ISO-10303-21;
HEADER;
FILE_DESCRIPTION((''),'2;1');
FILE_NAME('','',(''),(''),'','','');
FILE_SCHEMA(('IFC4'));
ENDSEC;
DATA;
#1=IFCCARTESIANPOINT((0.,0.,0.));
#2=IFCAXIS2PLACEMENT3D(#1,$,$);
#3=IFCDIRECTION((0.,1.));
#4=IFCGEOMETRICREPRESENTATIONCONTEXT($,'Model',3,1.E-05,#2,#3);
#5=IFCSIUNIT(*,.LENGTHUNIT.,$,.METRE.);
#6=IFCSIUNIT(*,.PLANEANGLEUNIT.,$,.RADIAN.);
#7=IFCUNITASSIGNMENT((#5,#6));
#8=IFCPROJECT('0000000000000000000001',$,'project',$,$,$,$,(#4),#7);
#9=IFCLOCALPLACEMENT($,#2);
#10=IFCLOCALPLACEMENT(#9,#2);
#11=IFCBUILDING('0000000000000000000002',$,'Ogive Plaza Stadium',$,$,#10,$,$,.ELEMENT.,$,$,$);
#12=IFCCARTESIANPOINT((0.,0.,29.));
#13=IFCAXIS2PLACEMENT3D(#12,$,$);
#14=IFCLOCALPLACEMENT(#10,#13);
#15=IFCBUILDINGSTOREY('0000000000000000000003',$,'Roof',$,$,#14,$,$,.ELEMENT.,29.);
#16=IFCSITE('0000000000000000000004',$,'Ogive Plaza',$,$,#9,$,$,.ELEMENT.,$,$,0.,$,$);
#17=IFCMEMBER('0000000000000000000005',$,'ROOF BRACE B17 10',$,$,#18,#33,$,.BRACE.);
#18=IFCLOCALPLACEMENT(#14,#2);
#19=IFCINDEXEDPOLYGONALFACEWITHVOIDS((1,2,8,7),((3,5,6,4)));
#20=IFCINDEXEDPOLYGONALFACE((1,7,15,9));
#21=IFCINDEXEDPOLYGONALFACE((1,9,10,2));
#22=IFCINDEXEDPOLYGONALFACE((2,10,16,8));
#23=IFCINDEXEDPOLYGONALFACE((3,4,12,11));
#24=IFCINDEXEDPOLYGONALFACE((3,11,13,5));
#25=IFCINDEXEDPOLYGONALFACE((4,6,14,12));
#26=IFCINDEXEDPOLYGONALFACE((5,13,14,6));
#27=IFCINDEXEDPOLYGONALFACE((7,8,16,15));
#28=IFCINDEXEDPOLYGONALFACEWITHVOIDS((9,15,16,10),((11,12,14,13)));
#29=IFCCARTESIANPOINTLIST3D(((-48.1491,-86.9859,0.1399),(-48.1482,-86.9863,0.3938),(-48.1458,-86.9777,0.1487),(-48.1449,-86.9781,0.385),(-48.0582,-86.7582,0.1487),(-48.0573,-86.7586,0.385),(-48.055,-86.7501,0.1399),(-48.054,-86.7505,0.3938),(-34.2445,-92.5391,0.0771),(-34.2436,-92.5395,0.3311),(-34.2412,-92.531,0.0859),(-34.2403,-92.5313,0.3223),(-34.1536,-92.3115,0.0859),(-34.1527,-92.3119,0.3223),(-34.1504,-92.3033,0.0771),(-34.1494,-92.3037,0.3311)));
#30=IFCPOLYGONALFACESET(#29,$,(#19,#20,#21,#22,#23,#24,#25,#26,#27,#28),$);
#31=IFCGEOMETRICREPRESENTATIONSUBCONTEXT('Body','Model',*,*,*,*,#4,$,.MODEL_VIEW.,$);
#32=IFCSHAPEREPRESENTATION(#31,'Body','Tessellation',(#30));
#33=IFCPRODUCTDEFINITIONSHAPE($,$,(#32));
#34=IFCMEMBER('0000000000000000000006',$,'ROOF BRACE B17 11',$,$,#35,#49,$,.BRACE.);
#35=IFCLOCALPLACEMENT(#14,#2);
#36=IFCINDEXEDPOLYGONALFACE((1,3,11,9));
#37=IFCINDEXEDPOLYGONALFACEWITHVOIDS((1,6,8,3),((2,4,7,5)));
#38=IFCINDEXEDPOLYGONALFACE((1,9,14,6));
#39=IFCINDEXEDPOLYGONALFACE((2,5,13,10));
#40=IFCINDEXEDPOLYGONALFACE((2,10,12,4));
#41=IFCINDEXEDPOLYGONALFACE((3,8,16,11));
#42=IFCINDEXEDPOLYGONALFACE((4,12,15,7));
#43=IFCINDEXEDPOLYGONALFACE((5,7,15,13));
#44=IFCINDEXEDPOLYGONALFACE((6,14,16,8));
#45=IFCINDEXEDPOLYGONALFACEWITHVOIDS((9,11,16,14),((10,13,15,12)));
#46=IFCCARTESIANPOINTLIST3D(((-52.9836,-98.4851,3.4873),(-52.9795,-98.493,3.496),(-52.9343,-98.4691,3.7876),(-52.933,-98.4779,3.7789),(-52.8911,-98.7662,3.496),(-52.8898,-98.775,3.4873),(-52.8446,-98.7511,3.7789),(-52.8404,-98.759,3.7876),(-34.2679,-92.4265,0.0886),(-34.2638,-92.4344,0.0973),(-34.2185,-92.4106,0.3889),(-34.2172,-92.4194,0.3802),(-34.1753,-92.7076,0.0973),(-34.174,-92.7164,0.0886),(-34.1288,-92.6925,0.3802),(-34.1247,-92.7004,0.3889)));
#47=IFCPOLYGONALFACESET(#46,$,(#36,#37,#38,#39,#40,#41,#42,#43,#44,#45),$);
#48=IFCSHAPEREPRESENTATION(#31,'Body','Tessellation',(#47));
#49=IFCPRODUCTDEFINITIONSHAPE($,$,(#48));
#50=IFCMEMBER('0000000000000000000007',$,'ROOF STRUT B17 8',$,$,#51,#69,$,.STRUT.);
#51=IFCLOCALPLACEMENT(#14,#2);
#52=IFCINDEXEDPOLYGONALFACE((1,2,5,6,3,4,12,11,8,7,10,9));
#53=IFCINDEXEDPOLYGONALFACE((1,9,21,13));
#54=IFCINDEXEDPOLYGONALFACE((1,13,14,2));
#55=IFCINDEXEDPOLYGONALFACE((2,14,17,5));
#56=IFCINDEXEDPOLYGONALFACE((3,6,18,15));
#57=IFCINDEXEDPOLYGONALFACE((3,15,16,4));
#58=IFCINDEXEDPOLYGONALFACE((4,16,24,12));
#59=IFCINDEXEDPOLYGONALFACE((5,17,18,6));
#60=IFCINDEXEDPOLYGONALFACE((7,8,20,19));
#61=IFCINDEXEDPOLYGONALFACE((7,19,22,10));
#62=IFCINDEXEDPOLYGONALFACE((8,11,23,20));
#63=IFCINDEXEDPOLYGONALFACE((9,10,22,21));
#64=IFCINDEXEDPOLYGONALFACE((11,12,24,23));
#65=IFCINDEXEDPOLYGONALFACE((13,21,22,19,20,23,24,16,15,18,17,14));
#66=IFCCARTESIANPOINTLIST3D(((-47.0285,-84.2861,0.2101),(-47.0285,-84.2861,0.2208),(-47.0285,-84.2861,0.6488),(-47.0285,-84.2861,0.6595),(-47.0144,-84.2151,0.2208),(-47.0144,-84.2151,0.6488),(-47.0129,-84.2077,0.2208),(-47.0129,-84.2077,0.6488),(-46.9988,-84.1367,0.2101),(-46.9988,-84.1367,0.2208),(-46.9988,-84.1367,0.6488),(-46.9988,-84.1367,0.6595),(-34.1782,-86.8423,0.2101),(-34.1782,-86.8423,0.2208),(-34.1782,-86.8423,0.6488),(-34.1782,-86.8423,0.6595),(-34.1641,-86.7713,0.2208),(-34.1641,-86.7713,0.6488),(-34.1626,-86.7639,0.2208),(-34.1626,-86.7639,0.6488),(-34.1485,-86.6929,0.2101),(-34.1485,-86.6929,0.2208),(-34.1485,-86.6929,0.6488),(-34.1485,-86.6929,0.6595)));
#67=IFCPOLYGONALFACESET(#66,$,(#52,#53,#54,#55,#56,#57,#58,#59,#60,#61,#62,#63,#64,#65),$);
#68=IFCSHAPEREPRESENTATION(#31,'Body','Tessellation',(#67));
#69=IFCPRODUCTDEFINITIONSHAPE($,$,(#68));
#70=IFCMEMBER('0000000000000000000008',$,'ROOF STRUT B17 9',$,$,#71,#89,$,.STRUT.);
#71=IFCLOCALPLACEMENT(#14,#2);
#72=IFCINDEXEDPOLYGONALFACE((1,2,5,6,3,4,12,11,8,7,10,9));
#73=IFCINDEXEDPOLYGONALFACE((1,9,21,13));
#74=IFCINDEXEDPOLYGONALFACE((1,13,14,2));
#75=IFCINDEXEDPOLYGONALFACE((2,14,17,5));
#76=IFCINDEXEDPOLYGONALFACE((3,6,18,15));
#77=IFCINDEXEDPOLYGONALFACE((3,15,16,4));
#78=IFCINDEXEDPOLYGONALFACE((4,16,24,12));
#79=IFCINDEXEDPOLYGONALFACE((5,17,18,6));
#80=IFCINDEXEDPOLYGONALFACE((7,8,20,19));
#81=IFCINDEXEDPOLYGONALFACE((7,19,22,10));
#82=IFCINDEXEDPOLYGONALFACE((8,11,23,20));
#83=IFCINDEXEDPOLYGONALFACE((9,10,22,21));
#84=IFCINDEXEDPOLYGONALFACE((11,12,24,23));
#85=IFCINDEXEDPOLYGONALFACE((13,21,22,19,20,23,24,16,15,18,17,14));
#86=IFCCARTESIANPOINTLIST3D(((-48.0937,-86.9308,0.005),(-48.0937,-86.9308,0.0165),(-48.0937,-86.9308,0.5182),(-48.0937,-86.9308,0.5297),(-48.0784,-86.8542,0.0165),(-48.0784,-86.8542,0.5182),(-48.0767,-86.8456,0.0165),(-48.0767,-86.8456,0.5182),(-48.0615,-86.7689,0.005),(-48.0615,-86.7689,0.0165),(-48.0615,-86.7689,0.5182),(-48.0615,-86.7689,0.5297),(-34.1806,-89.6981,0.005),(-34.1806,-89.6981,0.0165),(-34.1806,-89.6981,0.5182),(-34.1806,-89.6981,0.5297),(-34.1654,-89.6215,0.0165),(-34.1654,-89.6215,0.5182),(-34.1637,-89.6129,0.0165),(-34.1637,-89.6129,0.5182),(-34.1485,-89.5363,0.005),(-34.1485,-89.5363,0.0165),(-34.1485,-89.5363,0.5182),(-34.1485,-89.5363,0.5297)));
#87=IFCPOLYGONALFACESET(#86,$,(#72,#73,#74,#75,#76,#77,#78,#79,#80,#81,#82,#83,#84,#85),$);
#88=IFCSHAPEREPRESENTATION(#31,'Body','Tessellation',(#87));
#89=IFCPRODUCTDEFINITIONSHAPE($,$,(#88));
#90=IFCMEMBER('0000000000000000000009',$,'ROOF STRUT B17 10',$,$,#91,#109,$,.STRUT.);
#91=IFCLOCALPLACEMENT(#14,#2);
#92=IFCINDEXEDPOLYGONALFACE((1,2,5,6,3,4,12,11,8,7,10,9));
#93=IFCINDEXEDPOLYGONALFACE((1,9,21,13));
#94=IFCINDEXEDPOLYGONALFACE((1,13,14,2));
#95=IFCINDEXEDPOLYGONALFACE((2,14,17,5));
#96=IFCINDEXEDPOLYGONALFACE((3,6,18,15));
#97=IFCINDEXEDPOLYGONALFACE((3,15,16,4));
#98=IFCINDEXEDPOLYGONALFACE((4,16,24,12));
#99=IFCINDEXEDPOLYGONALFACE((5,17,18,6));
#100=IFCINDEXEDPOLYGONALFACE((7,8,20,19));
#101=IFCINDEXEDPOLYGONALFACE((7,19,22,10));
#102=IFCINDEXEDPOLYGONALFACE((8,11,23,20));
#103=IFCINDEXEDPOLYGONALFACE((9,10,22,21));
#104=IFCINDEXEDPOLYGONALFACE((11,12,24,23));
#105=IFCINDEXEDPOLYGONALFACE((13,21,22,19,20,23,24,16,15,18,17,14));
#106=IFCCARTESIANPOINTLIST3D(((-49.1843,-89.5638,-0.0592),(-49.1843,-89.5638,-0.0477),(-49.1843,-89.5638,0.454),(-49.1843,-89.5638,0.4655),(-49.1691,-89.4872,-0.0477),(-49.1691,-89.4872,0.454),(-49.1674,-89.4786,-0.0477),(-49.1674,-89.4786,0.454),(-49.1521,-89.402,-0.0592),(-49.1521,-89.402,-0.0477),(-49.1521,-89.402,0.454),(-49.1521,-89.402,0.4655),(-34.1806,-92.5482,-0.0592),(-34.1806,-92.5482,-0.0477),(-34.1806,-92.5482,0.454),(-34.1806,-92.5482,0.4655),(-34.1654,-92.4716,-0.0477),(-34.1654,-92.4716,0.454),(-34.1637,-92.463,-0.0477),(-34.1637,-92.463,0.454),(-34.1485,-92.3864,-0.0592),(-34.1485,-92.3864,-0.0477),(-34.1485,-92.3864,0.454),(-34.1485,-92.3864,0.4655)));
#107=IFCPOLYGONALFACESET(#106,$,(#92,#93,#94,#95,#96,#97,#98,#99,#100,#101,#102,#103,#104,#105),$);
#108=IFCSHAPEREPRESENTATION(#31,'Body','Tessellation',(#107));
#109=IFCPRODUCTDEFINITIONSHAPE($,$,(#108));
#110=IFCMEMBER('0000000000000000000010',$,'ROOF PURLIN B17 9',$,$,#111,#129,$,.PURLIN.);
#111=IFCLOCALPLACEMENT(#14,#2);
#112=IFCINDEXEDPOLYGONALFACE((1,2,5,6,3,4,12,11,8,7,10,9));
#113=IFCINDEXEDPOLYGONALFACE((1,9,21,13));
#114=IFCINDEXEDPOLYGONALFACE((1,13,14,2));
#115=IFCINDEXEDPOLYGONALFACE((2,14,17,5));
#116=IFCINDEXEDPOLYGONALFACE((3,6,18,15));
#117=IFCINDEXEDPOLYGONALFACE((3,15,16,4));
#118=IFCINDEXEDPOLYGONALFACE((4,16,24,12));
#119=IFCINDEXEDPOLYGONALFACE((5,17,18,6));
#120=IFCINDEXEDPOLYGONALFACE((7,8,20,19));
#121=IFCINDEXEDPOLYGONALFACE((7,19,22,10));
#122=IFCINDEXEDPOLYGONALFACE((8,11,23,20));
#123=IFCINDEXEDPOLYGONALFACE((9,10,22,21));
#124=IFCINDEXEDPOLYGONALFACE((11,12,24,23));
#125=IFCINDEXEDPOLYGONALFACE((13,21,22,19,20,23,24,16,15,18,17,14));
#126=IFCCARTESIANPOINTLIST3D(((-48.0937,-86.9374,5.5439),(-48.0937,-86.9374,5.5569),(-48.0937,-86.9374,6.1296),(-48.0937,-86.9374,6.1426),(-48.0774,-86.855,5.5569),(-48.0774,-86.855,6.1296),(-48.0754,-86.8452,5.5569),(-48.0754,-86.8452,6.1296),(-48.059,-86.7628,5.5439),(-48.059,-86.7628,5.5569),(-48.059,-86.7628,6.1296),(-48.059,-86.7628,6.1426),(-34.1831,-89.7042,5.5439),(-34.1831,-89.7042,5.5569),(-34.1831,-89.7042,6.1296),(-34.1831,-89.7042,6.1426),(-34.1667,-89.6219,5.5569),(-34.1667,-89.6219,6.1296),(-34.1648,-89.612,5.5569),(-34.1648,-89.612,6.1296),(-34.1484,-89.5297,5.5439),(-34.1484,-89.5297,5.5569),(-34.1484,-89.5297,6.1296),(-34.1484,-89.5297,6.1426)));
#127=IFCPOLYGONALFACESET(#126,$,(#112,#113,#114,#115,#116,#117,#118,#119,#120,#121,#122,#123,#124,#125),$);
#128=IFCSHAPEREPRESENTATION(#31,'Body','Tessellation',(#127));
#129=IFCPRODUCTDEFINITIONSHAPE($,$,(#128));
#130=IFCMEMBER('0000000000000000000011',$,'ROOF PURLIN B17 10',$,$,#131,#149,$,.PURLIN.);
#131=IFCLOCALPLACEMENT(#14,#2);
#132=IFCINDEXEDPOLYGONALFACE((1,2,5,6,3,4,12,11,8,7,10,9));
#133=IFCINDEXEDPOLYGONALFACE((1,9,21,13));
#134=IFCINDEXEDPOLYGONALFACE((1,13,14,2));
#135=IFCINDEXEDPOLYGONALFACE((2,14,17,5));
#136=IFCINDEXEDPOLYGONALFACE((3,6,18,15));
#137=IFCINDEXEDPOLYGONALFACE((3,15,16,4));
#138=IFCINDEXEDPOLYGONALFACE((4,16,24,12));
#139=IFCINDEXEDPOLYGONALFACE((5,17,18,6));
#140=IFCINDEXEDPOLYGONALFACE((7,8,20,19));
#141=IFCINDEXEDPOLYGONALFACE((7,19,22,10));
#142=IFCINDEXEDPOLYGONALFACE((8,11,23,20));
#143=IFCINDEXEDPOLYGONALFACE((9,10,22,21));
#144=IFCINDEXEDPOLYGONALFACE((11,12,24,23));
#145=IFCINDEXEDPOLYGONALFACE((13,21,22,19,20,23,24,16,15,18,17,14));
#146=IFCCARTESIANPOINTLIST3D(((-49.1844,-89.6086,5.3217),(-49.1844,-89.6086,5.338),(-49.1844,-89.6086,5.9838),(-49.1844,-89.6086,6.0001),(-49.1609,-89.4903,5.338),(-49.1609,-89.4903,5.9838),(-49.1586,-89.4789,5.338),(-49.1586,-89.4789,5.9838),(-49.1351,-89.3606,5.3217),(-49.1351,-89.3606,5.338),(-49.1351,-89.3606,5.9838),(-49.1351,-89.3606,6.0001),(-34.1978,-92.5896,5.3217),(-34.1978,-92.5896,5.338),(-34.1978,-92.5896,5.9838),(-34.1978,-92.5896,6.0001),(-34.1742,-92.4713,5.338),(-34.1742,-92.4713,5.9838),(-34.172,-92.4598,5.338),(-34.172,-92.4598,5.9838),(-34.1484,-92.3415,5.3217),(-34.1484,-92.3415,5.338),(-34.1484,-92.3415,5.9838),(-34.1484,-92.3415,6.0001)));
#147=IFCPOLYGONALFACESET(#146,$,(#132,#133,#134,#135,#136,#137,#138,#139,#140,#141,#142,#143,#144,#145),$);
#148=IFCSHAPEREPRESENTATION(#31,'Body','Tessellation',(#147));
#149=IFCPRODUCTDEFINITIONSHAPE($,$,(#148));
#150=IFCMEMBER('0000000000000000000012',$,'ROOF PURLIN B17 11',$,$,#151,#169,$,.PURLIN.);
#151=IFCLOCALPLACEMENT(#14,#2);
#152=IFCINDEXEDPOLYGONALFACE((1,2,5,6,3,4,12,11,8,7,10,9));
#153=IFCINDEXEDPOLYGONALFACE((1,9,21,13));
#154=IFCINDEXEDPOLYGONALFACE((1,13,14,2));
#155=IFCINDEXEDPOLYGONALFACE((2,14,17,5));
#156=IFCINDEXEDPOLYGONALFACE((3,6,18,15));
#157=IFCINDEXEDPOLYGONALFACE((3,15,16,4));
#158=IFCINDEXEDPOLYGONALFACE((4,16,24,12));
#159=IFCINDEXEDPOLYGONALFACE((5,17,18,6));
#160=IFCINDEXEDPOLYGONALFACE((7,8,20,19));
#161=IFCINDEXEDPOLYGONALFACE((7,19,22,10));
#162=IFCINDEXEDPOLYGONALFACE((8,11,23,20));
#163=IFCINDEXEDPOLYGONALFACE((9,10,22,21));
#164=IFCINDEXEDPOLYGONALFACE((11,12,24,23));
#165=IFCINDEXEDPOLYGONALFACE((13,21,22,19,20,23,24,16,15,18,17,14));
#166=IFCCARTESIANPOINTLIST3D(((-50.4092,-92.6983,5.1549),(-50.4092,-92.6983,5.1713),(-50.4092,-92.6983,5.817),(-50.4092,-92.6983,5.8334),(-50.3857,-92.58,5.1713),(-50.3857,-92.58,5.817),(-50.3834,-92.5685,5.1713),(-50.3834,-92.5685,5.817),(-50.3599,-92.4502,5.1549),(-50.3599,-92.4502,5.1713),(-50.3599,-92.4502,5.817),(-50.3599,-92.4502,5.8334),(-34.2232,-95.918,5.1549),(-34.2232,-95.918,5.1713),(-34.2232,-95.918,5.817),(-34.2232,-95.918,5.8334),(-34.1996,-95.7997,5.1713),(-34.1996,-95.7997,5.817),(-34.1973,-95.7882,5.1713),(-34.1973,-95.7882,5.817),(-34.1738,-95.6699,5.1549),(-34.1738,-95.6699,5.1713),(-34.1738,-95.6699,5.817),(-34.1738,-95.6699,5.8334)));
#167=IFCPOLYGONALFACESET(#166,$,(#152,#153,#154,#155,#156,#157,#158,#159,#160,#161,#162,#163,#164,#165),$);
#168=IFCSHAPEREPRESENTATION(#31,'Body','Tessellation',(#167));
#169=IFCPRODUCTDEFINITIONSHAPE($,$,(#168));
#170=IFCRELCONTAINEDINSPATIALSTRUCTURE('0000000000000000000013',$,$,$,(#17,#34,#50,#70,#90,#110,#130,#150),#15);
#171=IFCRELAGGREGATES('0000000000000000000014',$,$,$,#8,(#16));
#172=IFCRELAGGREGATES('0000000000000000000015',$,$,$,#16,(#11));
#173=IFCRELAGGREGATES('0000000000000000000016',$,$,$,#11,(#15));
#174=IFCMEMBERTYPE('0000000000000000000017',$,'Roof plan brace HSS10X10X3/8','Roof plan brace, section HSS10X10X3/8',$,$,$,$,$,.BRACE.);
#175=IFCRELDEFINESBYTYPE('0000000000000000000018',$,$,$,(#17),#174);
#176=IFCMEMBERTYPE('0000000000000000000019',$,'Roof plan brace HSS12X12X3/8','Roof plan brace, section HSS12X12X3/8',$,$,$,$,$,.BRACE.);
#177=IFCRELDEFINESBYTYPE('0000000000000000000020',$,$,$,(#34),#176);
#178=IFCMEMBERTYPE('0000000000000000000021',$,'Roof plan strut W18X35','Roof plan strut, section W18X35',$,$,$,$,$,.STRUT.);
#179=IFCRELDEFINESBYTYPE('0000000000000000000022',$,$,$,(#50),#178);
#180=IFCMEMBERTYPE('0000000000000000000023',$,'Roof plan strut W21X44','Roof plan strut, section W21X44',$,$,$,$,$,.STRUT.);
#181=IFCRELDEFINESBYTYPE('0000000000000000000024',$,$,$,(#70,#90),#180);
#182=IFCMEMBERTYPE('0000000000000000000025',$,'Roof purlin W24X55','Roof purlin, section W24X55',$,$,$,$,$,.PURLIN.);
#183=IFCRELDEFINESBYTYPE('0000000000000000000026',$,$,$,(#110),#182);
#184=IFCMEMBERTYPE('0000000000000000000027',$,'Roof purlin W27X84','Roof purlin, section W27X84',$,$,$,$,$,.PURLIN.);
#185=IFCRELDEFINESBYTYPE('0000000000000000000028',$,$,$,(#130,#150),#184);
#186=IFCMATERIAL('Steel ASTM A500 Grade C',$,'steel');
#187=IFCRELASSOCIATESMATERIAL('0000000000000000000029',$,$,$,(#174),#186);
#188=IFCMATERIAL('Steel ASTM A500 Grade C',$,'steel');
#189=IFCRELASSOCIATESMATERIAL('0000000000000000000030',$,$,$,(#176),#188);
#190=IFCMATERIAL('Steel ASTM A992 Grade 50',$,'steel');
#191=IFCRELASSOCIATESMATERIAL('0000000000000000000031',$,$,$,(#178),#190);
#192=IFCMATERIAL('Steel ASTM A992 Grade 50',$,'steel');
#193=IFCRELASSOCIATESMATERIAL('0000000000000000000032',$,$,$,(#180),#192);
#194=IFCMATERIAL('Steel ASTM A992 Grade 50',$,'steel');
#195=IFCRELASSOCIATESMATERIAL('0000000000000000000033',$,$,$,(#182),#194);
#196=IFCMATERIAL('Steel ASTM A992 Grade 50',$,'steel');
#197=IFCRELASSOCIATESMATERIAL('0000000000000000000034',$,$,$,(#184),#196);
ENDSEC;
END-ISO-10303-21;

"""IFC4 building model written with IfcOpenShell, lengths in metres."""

from ifc_helpers import new_model, si_unit, direction, frame, origin, origin_2d, place, context, subcontext, project, spatial, hollow_rectangle, i_section, extrude, material, material_profile, profile_set, type_object, element, save


model = new_model("IFC4")

# Units and contexts
model_context = context("Model", 3, precision=1e-05, world=origin(), true_north=direction((0.0, 1.0)))
body_context = subcontext(model_context, "Body", "Model", "MODEL_VIEW")
ifc_project = project(units=[si_unit("LENGTHUNIT", "METRE"), si_unit("PLANEANGLEUNIT", "RADIAN")], contexts=[model_context])

# Site, building, storey
site_placement = place(None, origin())
site = spatial("IfcSite", under=ifc_project, at=site_placement, Name="Ogive Plaza", CompositionType="ELEMENT", RefElevation=0.0)
building_placement = place(site_placement, origin())
building = spatial("IfcBuilding", under=site, at=building_placement, Name="Ogive Plaza Stadium", CompositionType="ELEMENT")
storey_placement = place(building_placement, frame((0.0, 0.0, 29.0)))
storey = spatial("IfcBuildingStorey", under=building, at=storey_placement, Name="Roof", CompositionType="ELEMENT", Elevation=29.0)

# Members
ifc_material_1 = material(Name="Steel ASTM A500 Grade C", Category="steel")
ifc_material_profile_1 = material_profile(ifc_material_1, hollow_rectangle(XDim=0.2539, YDim=0.2539, WallThickness=0.0088, at=origin_2d()), Name="HSS10X10X3/8")
ifc_profile_set_1 = profile_set([ifc_material_profile_1], Name="Steel ASTM A500 Grade C")
member_type_1 = type_object("IfcMemberType", Name="Roof plan brace HSS10X10X3/8", Description="Roof plan brace, section HSS10X10X3/8", PredefinedType="BRACE", material=ifc_profile_set_1)
member_1_placement = place(storey_placement, frame((-48.1016, -86.8682, 0.2668), z_axis=(0.928666, -0.370893, -0.004191), x_axis=(0.370896, 0.928674, 0.0)))
element("IfcMember", 1, at=member_1_placement, inside=storey, type_object=member_type_1, Name="ROOF BRACE B17 10", PredefinedType="BRACE", context=body_context, shape_type="SweptSolid", body=[
    extrude(hollow_rectangle(XDim=0.2539, YDim=0.2539, WallThickness=0.0088, at=origin_2d()), origin(), (0.0, 0.0, 1.0), 14.9727),
])
ifc_material_2 = material(Name="Steel ASTM A500 Grade C", Category="steel")
ifc_material_profile_2 = material_profile(ifc_material_2, hollow_rectangle(XDim=0.3047, YDim=0.3047, WallThickness=0.0088, at=origin_2d()), Name="HSS12X12X3/8")
ifc_profile_set_2 = profile_set([ifc_material_profile_2], Name="Steel ASTM A500 Grade C")
member_type_2 = type_object("IfcMemberType", Name="Roof plan brace HSS12X12X3/8", Description="Roof plan brace, section HSS12X12X3/8", PredefinedType="BRACE", material=ifc_profile_set_2)
member_2_placement = place(storey_placement, frame((-34.1963, -92.5635, 0.2388), z_axis=(-0.937504, -0.303484, 0.170245), x_axis=(0.30798, -0.951393, 0.0)))
element("IfcMember", 2, at=member_2_placement, inside=storey, type_object=member_type_2, Name="ROOF BRACE B17 11", PredefinedType="BRACE", context=body_context, shape_type="SweptSolid", body=[
    extrude(hollow_rectangle(XDim=0.3047, YDim=0.3047, WallThickness=0.0088, at=origin_2d()), origin(), (0.0, 0.0, 1.0), 19.9634),
])
ifc_material_3 = material(Name="Steel ASTM A992 Grade 50", Category="steel")
ifc_material_profile_3 = material_profile(ifc_material_3, i_section(OverallWidth=0.1523, OverallDepth=0.4495, WebThickness=0.0076, FlangeThickness=0.0107, at=origin_2d()), Name="W18X35")
ifc_profile_set_3 = profile_set([ifc_material_profile_3], Name="Steel ASTM A992 Grade 50")
member_type_3 = type_object("IfcMemberType", Name="Roof plan strut W18X35", Description="Roof plan strut, section W18X35", PredefinedType="STRUT", material=ifc_profile_set_3)
member_3_placement = place(storey_placement, frame((-34.1633, -86.7676, 0.4348), z_axis=(-0.980784, 0.195095, 0.0), x_axis=(-0.195095, -0.980784, 0.0)))
element("IfcMember", 3, at=member_3_placement, inside=storey, type_object=member_type_3, Name="ROOF STRUT B17 8", PredefinedType="STRUT", context=body_context, shape_type="SweptSolid", body=[
    extrude(i_section(OverallWidth=0.1523, OverallDepth=0.4495, WebThickness=0.0076, FlangeThickness=0.0107, at=origin_2d()), origin(), (0.0, 0.0, 1.0), 13.1021),
])
ifc_material_4 = material(Name="Steel ASTM A992 Grade 50", Category="steel")
ifc_material_profile_4 = material_profile(ifc_material_4, i_section(OverallWidth=0.165, OverallDepth=0.5247, WebThickness=0.0088, FlangeThickness=0.0115, at=origin_2d()), Name="W21X44")
ifc_profile_set_4 = profile_set([ifc_material_profile_4], Name="Steel ASTM A992 Grade 50")
member_type_4 = type_object("IfcMemberType", Name="Roof plan strut W21X44", Description="Roof plan strut, section W21X44", PredefinedType="STRUT", material=ifc_profile_set_4)
member_4_placement = place(storey_placement, frame((-34.1646, -89.6172, 0.2673), z_axis=(-0.980787, 0.19508, 0.0), x_axis=(-0.19508, -0.980787, 0.0)))
element("IfcMember", 4, at=member_4_placement, inside=storey, type_object=member_type_4, Name="ROOF STRUT B17 9", PredefinedType="STRUT", context=body_context, shape_type="SweptSolid", body=[
    extrude(i_section(OverallWidth=0.165, OverallDepth=0.5247, WebThickness=0.0088, FlangeThickness=0.0115, at=origin_2d()), origin(), (0.0, 0.0, 1.0), 14.1855),
])
member_5_placement = place(storey_placement, frame((-34.1646, -92.4673, 0.2031), z_axis=(-0.980786, 0.195088, 0.0), x_axis=(-0.195088, -0.980786, 0.0)))
element("IfcMember", 5, at=member_5_placement, inside=storey, type_object=member_type_4, Name="ROOF STRUT B17 10", PredefinedType="STRUT", context=body_context, shape_type="SweptSolid", body=[
    extrude(i_section(OverallWidth=0.165, OverallDepth=0.5247, WebThickness=0.0088, FlangeThickness=0.0115, at=origin_2d()), origin(), (0.0, 0.0, 1.0), 15.2976),
])
ifc_material_5 = material(Name="Steel ASTM A992 Grade 50", Category="steel")
ifc_material_profile_5 = material_profile(ifc_material_5, i_section(OverallWidth=0.178, OverallDepth=0.5986, WebThickness=0.01, FlangeThickness=0.0129, at=origin_2d()), Name="W24X55")
ifc_profile_set_5 = profile_set([ifc_material_profile_5], Name="Steel ASTM A992 Grade 50")
member_type_5 = type_object("IfcMemberType", Name="Roof purlin W24X55", Description="Roof purlin, section W24X55", PredefinedType="PURLIN", material=ifc_profile_set_5)
member_6_placement = place(storey_placement, frame((-34.1658, -89.6169, 5.8433), z_axis=(-0.980787, 0.19508, 0.0), x_axis=(-0.19508, -0.980787, 0.0)))
element("IfcMember", 6, at=member_6_placement, inside=storey, type_object=member_type_5, Name="ROOF PURLIN B17 9", PredefinedType="PURLIN", context=body_context, shape_type="SweptSolid", body=[
    extrude(i_section(OverallWidth=0.178, OverallDepth=0.5986, WebThickness=0.01, FlangeThickness=0.0129, at=origin_2d()), origin(), (0.0, 0.0, 1.0), 14.1831),
])
ifc_material_6 = material(Name="Steel ASTM A992 Grade 50", Category="steel")
ifc_material_profile_6 = material_profile(ifc_material_6, i_section(OverallWidth=0.2529, OverallDepth=0.6785, WebThickness=0.0117, FlangeThickness=0.0164, at=origin_2d()), Name="W27X84")
ifc_profile_set_6 = profile_set([ifc_material_profile_6], Name="Steel ASTM A992 Grade 50")
member_type_6 = type_object("IfcMemberType", Name="Roof purlin W27X84", Description="Roof purlin, section W27X84", PredefinedType="PURLIN", material=ifc_profile_set_6)
member_7_placement = place(storey_placement, frame((-34.1731, -92.4656, 5.6609), z_axis=(-0.980786, 0.195087, 0.0), x_axis=(-0.195087, -0.980786, 0.0)))
element("IfcMember", 7, at=member_7_placement, inside=storey, type_object=member_type_6, Name="ROOF PURLIN B17 10", PredefinedType="PURLIN", context=body_context, shape_type="SweptSolid", body=[
    extrude(i_section(OverallWidth=0.2529, OverallDepth=0.6785, WebThickness=0.0117, FlangeThickness=0.0164, at=origin_2d()), origin(), (0.0, 0.0, 1.0), 15.2803),
])
member_8_placement = place(storey_placement, frame((-34.1985, -95.7939, 5.4941), z_axis=(-0.980784, 0.195098, 0.0), x_axis=(-0.195098, -0.980784, 0.0)))
element("IfcMember", 8, at=member_8_placement, inside=storey, type_object=member_type_6, Name="ROOF PURLIN B17 11", PredefinedType="PURLIN", context=body_context, shape_type="SweptSolid", body=[
    extrude(i_section(OverallWidth=0.2529, OverallDepth=0.6785, WebThickness=0.0117, FlangeThickness=0.0164, at=origin_2d()), origin(), (0.0, 0.0, 1.0), 16.5032),
])

save(model, "model.ifc")
